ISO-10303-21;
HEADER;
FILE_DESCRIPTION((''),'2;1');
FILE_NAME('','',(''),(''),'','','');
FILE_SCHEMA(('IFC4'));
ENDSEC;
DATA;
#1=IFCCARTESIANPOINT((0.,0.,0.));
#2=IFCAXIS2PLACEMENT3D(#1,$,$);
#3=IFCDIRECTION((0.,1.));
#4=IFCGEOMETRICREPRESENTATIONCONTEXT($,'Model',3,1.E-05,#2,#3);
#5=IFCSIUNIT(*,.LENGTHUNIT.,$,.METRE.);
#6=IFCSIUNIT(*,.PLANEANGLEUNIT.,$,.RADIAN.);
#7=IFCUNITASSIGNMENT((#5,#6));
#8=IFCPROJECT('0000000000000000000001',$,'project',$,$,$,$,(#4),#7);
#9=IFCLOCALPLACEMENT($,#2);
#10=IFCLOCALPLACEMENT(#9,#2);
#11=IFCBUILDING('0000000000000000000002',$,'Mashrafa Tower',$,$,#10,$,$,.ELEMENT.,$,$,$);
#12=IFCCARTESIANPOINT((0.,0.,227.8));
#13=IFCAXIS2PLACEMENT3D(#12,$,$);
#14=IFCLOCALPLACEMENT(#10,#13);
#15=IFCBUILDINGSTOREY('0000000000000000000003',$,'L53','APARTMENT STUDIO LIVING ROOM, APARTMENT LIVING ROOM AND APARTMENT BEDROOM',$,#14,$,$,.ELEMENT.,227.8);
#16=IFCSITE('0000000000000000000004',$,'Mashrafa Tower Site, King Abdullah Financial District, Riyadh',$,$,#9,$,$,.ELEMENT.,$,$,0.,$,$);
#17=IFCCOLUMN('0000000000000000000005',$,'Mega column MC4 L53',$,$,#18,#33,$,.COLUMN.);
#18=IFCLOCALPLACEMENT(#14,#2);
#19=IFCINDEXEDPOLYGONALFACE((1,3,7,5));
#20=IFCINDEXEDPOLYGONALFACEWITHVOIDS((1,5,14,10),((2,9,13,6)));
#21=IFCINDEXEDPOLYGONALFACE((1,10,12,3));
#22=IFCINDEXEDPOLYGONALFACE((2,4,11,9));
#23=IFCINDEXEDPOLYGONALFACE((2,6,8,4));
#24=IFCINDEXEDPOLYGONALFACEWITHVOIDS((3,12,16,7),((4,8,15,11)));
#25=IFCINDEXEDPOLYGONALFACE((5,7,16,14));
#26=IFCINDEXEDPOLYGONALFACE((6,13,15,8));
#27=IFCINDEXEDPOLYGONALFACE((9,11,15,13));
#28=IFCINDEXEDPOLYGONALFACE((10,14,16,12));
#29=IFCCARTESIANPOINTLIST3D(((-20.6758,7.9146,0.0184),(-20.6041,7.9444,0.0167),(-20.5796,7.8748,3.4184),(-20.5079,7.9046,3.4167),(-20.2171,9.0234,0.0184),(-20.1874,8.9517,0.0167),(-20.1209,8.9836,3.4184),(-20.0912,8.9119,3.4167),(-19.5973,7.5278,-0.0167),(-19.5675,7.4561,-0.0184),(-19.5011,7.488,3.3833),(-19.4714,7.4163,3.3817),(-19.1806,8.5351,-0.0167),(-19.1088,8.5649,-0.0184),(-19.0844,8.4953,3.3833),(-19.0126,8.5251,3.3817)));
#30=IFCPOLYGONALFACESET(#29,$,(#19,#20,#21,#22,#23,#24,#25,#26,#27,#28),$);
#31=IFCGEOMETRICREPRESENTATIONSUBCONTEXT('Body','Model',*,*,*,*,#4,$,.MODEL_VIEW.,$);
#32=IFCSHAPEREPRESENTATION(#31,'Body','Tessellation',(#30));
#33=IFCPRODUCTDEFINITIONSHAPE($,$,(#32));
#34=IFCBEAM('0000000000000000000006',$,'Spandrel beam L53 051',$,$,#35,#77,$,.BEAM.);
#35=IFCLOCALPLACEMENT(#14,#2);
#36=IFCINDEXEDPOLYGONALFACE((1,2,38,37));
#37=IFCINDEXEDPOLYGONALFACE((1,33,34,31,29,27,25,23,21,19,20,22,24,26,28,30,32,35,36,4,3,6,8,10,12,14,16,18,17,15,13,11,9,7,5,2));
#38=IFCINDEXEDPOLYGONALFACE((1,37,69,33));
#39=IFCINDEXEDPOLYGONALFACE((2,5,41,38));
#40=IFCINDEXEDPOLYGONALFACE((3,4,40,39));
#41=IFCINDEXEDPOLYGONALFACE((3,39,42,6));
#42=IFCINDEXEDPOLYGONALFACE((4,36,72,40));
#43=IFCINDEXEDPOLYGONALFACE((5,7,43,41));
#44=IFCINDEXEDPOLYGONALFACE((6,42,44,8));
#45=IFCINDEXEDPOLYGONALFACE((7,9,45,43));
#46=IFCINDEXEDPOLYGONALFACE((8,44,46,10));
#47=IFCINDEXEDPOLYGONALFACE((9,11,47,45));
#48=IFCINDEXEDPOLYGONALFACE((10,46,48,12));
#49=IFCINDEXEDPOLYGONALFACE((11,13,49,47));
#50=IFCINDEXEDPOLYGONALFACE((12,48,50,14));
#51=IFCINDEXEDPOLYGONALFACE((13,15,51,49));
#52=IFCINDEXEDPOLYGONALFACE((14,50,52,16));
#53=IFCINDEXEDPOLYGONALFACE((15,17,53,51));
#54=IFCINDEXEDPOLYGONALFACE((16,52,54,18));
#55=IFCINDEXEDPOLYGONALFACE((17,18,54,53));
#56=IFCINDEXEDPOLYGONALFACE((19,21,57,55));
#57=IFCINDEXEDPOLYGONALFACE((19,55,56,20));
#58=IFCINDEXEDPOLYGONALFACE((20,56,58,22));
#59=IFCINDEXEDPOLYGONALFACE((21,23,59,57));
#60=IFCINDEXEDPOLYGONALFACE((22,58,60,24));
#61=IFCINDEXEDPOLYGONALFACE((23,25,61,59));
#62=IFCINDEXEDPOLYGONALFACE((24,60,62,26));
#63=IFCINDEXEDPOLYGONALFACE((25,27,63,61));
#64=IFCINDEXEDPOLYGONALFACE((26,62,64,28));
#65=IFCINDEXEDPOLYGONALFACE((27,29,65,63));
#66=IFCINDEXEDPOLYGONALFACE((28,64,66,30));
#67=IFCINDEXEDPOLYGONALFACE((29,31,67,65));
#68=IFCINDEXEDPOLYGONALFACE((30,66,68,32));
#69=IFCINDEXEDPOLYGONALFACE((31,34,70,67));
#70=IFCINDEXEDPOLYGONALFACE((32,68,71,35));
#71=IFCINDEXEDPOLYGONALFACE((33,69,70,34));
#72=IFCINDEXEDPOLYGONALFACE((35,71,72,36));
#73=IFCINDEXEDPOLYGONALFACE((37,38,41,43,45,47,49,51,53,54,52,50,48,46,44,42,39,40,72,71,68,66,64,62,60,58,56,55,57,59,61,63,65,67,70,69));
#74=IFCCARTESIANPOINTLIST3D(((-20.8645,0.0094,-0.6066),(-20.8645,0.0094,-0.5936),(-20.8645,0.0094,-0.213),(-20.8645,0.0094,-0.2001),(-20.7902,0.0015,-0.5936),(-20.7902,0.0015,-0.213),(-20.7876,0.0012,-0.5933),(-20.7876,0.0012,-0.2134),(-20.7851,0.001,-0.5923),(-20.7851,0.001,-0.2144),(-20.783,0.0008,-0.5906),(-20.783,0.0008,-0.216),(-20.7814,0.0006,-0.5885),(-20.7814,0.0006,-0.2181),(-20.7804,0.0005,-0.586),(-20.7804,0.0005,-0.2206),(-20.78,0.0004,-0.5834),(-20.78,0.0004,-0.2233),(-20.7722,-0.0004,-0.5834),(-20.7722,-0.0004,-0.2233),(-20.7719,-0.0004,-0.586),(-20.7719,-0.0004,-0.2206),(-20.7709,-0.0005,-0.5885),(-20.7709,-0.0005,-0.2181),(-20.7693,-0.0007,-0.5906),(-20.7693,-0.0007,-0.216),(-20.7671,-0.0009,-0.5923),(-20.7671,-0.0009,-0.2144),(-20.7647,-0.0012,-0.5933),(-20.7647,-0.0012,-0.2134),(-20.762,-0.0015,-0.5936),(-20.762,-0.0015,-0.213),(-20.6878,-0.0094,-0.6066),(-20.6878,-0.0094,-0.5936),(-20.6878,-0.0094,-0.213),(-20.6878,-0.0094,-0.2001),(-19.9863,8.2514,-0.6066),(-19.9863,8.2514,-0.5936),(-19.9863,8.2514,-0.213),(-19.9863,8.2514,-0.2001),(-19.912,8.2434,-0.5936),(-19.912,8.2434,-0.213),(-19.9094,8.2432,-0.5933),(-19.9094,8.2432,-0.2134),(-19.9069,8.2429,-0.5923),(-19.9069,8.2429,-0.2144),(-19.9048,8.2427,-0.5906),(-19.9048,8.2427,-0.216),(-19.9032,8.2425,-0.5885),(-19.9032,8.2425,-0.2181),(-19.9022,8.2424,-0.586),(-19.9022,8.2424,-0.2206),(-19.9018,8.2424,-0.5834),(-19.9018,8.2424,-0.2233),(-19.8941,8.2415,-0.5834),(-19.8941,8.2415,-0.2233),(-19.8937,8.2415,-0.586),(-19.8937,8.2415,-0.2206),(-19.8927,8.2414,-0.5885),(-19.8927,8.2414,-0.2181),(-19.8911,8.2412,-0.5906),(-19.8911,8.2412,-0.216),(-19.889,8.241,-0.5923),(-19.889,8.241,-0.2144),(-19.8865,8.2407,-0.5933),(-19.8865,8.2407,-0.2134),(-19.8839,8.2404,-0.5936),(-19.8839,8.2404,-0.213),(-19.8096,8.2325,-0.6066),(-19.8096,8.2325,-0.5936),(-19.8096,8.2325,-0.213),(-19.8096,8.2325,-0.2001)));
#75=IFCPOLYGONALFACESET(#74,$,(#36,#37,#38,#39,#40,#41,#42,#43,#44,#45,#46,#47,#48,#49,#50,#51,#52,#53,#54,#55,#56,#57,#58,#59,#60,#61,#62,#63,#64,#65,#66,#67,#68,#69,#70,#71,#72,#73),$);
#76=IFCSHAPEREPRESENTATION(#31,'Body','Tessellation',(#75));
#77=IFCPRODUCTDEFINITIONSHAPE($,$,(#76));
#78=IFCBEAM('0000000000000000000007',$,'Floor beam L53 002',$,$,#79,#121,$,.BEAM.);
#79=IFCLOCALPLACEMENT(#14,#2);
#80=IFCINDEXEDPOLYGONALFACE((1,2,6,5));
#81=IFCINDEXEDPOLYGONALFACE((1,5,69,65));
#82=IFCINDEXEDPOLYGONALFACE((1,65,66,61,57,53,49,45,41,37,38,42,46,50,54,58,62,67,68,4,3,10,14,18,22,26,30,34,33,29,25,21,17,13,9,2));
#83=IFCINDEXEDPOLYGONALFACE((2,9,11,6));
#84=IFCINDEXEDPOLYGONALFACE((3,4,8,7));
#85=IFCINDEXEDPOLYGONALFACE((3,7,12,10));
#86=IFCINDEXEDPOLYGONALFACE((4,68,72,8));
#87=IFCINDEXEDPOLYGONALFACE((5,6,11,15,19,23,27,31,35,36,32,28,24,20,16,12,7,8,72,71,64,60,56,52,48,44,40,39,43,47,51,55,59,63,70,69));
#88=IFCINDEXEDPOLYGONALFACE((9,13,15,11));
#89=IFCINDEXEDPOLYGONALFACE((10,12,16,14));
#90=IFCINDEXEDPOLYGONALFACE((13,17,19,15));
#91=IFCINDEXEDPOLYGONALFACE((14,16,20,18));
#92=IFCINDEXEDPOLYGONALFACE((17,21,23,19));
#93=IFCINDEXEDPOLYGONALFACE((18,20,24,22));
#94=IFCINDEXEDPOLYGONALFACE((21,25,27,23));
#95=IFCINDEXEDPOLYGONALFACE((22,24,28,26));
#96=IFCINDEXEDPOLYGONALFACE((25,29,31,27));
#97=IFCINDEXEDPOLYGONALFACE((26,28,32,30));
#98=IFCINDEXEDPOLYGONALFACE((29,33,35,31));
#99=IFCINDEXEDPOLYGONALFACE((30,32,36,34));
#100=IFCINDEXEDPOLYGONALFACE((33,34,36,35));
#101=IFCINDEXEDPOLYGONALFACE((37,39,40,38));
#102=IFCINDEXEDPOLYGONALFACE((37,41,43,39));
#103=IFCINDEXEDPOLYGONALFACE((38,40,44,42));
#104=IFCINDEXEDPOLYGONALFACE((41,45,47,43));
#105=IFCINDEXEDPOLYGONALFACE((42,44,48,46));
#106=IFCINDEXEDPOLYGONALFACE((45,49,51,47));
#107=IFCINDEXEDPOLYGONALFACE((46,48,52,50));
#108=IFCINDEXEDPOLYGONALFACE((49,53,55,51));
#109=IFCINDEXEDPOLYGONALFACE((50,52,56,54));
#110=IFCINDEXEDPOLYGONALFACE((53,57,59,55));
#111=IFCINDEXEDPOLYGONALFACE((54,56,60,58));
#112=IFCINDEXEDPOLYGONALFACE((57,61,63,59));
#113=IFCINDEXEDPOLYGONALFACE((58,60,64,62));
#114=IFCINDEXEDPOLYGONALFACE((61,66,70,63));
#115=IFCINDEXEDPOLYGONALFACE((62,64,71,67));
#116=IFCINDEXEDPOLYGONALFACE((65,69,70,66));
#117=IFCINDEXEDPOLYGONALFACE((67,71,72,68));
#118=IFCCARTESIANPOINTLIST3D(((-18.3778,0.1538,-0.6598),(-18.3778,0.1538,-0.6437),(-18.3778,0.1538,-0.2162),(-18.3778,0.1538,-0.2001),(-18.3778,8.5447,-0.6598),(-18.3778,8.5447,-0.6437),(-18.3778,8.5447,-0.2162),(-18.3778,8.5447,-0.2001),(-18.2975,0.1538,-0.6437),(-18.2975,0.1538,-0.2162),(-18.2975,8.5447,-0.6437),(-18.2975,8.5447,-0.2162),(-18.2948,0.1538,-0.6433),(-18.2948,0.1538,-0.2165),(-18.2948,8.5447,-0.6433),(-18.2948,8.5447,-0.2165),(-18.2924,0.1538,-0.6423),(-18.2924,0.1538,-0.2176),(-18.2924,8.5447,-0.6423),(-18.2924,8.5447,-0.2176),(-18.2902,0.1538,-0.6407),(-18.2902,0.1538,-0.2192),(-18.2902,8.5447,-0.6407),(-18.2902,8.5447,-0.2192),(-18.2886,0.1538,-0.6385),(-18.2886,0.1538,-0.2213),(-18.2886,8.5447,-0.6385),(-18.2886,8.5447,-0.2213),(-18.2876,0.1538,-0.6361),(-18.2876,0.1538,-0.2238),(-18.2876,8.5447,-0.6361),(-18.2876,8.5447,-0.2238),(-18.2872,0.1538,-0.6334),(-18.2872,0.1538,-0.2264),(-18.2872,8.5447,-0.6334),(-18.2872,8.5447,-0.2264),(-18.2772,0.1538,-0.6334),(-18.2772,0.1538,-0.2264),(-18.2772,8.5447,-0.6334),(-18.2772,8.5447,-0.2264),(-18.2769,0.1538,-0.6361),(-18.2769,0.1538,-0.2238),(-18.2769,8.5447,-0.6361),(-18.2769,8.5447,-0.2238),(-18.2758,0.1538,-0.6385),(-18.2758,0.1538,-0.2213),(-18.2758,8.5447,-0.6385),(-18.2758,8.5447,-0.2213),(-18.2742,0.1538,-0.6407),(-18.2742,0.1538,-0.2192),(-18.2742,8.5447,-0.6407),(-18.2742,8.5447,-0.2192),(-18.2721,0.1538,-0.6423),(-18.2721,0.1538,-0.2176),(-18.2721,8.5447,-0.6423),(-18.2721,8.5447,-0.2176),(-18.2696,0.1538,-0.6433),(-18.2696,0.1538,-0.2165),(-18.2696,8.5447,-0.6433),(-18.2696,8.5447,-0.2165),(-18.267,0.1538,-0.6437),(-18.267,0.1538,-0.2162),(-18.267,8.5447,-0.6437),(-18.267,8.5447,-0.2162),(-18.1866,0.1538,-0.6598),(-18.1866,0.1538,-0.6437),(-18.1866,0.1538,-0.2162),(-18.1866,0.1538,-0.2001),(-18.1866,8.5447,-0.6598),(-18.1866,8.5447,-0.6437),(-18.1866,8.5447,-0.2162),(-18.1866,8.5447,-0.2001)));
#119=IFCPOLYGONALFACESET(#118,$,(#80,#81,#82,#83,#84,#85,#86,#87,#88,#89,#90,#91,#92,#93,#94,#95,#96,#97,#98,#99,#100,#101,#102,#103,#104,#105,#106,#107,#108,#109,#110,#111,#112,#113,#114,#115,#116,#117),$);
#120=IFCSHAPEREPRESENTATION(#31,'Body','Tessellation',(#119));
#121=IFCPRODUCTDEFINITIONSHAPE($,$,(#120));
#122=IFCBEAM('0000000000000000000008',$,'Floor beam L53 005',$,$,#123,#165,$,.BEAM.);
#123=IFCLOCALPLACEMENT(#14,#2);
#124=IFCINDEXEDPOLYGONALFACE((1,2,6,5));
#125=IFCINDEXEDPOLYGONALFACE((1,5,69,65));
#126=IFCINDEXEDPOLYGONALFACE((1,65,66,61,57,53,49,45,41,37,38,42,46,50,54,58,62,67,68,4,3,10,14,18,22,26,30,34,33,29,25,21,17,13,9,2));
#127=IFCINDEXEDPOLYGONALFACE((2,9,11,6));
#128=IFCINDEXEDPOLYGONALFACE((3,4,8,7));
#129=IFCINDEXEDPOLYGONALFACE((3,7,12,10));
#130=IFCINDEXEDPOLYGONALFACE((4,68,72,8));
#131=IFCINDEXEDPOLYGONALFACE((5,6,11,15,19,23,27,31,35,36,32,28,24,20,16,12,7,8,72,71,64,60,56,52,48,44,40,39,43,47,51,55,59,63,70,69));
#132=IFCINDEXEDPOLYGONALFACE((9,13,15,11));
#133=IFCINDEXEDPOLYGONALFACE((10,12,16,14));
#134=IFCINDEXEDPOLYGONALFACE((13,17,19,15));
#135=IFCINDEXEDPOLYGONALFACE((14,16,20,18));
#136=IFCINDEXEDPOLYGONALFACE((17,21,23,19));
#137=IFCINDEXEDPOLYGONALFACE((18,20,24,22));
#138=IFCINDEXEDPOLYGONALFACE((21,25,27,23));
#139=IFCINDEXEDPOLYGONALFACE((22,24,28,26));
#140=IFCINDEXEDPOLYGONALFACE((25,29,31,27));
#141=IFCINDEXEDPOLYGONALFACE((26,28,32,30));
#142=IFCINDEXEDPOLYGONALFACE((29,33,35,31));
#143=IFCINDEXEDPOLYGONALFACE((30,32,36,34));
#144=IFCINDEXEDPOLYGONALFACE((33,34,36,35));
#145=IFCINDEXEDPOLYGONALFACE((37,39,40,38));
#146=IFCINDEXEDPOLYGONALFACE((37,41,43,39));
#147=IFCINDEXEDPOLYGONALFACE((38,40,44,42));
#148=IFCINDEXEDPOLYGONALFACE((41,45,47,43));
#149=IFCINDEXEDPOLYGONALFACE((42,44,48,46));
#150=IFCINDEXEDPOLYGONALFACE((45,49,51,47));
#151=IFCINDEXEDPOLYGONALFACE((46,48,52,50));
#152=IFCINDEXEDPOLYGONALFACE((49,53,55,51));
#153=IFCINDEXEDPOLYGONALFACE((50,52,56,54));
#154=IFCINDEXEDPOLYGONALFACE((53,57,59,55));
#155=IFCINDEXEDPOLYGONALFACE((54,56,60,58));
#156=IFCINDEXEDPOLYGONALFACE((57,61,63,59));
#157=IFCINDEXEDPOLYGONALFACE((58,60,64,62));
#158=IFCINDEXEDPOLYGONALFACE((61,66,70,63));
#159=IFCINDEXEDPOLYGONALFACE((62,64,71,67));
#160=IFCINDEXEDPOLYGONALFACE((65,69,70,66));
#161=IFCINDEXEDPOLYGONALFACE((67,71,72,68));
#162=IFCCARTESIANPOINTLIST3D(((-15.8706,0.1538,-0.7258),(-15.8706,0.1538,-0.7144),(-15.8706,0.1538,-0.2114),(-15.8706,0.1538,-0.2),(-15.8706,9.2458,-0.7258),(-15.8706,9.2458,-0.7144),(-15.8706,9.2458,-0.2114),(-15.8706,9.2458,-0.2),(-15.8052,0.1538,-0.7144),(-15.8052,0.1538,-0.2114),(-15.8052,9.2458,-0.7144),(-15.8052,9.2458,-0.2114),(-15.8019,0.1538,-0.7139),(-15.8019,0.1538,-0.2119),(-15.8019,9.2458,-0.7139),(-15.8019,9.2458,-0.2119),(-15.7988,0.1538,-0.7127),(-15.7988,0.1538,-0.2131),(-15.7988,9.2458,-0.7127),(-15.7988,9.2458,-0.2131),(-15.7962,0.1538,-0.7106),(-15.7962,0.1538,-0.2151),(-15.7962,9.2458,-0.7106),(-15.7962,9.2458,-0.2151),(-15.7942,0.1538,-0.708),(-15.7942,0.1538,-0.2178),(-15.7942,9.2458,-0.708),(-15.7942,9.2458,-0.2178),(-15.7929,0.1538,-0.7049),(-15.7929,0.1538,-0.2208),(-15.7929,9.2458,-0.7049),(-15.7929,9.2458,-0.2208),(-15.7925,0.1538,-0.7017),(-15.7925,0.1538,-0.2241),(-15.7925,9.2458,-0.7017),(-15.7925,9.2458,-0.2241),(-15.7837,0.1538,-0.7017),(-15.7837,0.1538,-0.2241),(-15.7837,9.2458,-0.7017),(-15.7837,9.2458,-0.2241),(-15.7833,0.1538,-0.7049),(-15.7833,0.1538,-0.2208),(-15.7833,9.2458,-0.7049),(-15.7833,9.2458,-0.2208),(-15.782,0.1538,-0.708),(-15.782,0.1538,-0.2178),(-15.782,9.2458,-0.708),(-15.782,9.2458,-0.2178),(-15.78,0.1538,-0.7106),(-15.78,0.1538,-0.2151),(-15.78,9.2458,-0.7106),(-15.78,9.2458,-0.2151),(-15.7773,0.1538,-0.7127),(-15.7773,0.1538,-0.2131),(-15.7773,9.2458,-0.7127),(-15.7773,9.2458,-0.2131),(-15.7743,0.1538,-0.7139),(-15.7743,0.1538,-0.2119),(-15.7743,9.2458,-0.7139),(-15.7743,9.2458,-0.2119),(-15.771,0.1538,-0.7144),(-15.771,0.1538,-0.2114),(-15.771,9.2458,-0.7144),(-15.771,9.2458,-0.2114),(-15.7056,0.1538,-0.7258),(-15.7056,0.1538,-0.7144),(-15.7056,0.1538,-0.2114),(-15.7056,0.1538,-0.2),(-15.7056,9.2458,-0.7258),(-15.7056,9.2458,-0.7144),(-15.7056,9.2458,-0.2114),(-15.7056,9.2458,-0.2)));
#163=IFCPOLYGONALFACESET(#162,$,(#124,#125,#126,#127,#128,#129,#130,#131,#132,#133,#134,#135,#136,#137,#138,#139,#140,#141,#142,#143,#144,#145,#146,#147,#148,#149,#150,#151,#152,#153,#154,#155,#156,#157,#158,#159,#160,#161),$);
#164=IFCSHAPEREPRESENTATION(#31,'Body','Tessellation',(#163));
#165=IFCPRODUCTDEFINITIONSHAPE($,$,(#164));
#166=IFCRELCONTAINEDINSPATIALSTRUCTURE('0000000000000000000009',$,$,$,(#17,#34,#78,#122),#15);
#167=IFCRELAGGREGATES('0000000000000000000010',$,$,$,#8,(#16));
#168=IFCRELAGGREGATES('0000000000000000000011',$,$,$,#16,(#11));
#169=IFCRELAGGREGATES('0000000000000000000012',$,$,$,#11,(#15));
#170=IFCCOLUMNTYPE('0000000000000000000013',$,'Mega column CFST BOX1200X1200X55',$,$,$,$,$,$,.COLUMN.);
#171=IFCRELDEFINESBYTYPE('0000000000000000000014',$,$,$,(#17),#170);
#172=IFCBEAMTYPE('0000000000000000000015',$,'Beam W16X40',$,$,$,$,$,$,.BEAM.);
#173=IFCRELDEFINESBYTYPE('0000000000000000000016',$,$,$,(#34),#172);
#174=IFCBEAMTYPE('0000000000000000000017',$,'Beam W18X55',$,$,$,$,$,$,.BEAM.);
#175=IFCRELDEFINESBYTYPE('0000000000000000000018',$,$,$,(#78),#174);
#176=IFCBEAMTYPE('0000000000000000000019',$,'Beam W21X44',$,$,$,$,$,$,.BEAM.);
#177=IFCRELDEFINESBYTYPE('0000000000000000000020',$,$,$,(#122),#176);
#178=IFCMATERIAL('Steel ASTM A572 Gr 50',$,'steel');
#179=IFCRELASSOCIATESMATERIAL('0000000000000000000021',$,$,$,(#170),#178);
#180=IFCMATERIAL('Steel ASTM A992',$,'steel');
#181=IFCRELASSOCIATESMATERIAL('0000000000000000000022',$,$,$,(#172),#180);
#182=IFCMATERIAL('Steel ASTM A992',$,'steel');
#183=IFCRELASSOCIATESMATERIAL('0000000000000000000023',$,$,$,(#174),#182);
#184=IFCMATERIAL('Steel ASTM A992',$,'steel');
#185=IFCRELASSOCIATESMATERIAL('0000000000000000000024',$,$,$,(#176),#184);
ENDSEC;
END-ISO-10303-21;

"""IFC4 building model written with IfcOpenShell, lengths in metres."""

from ifc_helpers import new_model, si_unit, direction, frame, origin, origin_2d, place, context, subcontext, project, spatial, hollow_rectangle, i_section, extrude, material, material_profile, profile_set, type_object, element, save


model = new_model("IFC4")

# Units and contexts
model_context = context("Model", 3, precision=1e-05, world=origin(), true_north=direction((0.0, 1.0)))
body_context = subcontext(model_context, "Body", "Model", "MODEL_VIEW")
ifc_project = project(units=[si_unit("LENGTHUNIT", "METRE"), si_unit("PLANEANGLEUNIT", "RADIAN")], contexts=[model_context])

# Site, building, storey
site_placement = place(None, origin())
site = spatial("IfcSite", under=ifc_project, at=site_placement, Name="Mashrafa Tower Site, King Abdullah Financial District, Riyadh", CompositionType="ELEMENT", RefElevation=0.0)
building_placement = place(site_placement, origin())
building = spatial("IfcBuilding", under=site, at=building_placement, Name="Mashrafa Tower", CompositionType="ELEMENT")
storey_placement = place(building_placement, frame((0.0, 0.0, 227.8)))
storey = spatial("IfcBuildingStorey", under=building, at=storey_placement, Name="L53", Description="APARTMENT STUDIO LIVING ROOM, APARTMENT LIVING ROOM AND APARTMENT BEDROOM", CompositionType="ELEMENT", Elevation=227.8)

# Column
ifc_material_1 = material(Name="Steel ASTM A572 Gr 50", Category="steel")
ifc_material_profile_1 = material_profile(ifc_material_1, hollow_rectangle(XDim=1.2, YDim=1.2, WallThickness=0.0549, at=origin_2d()), Name="BOX1200X1200X55")
ifc_profile_set_1 = profile_set([ifc_material_profile_1], Name="Steel ASTM A572 Gr 50")
column_type = type_object("IfcColumnType", Name="Mega column CFST BOX1200X1200X55", PredefinedType="COLUMN", material=ifc_profile_set_1)
column_placement = place(storey_placement, frame((-19.8923, 8.2397, 0.0), z_axis=(0.028279, -0.011699, 0.999532), x_axis=(0.382283, 0.924045, 0.0)))
element("IfcColumn", 1, at=column_placement, inside=storey, type_object=column_type, Name="Mega column MC4 L53", PredefinedType="COLUMN", context=body_context, shape_type="SweptSolid", body=[
    extrude(hollow_rectangle(XDim=1.2, YDim=1.2, WallThickness=0.0549, at=origin_2d()), origin(), (0.0, 0.0, 1.0), 3.4016),
])

# Beams
ifc_material_2 = material(Name="Steel ASTM A992", Category="steel")
ifc_material_profile_2 = material_profile(ifc_material_2, i_section(OverallWidth=0.1777, OverallDepth=0.4065, WebThickness=0.0078, FlangeThickness=0.0129, FilletRadius=0.0103, at=origin_2d()), Name="W16X40")
ifc_profile_set_2 = profile_set([ifc_material_profile_2], Name="Steel ASTM A992")
beam_type_1 = type_object("IfcBeamType", Name="Beam W16X40", PredefinedType="BEAM", material=ifc_profile_set_2)
beam_1_placement = place(storey_placement, frame((-19.8979, 8.2419, -0.4033), z_axis=(-0.10595, -0.994371, 0.0), x_axis=(0.994371, -0.10595, 0.0)))
element("IfcBeam", 2, at=beam_1_placement, inside=storey, type_object=beam_type_1, Name="Spandrel beam L53 051", PredefinedType="BEAM", context=body_context, shape_type="SweptSolid", body=[
    extrude(i_section(OverallWidth=0.1777, OverallDepth=0.4065, WebThickness=0.0078, FlangeThickness=0.0129, FilletRadius=0.0103, at=origin_2d()), origin(), (0.0, 0.0, 1.0), 8.2886),
])
ifc_material_3 = material(Name="Steel ASTM A992", Category="steel")
ifc_material_profile_3 = material_profile(ifc_material_3, i_section(OverallWidth=0.1912, OverallDepth=0.4597, WebThickness=0.01, FlangeThickness=0.0161, FilletRadius=0.0103, at=origin_2d()), Name="W18X55")
ifc_profile_set_3 = profile_set([ifc_material_profile_3], Name="Steel ASTM A992")
beam_type_2 = type_object("IfcBeamType", Name="Beam W18X55", PredefinedType="BEAM", material=ifc_profile_set_3)
beam_2_placement = place(storey_placement, frame((-18.2822, 0.1538, -0.4299), z_axis=(0.0, 1.0, 0.0), x_axis=(-1.0, 0.0, 0.0)))
element("IfcBeam", 3, at=beam_2_placement, inside=storey, type_object=beam_type_2, Name="Floor beam L53 002", PredefinedType="BEAM", context=body_context, shape_type="SweptSolid", body=[
    extrude(i_section(OverallWidth=0.1912, OverallDepth=0.4597, WebThickness=0.01, FlangeThickness=0.0161, FilletRadius=0.0103, at=origin_2d()), origin(), (0.0, 0.0, 1.0), 8.3909),
])
ifc_material_4 = material(Name="Steel ASTM A992", Category="steel")
ifc_material_profile_4 = material_profile(ifc_material_4, i_section(OverallWidth=0.165, OverallDepth=0.5259, WebThickness=0.0088, FlangeThickness=0.0115, FilletRadius=0.0127, at=origin_2d()), Name="W21X44")
ifc_profile_set_4 = profile_set([ifc_material_profile_4], Name="Steel ASTM A992")
beam_type_3 = type_object("IfcBeamType", Name="Beam W21X44", PredefinedType="BEAM", material=ifc_profile_set_4)
beam_3_placement = place(storey_placement, frame((-15.7881, 0.1538, -0.4629), z_axis=(0.0, 1.0, 0.0), x_axis=(-1.0, 0.0, 0.0)))
element("IfcBeam", 4, at=beam_3_placement, inside=storey, type_object=beam_type_3, Name="Floor beam L53 005", PredefinedType="BEAM", context=body_context, shape_type="SweptSolid", body=[
    extrude(i_section(OverallWidth=0.165, OverallDepth=0.5259, WebThickness=0.0088, FlangeThickness=0.0115, FilletRadius=0.0127, at=origin_2d()), origin(), (0.0, 0.0, 1.0), 9.092),
])

save(model, "model.ifc")
